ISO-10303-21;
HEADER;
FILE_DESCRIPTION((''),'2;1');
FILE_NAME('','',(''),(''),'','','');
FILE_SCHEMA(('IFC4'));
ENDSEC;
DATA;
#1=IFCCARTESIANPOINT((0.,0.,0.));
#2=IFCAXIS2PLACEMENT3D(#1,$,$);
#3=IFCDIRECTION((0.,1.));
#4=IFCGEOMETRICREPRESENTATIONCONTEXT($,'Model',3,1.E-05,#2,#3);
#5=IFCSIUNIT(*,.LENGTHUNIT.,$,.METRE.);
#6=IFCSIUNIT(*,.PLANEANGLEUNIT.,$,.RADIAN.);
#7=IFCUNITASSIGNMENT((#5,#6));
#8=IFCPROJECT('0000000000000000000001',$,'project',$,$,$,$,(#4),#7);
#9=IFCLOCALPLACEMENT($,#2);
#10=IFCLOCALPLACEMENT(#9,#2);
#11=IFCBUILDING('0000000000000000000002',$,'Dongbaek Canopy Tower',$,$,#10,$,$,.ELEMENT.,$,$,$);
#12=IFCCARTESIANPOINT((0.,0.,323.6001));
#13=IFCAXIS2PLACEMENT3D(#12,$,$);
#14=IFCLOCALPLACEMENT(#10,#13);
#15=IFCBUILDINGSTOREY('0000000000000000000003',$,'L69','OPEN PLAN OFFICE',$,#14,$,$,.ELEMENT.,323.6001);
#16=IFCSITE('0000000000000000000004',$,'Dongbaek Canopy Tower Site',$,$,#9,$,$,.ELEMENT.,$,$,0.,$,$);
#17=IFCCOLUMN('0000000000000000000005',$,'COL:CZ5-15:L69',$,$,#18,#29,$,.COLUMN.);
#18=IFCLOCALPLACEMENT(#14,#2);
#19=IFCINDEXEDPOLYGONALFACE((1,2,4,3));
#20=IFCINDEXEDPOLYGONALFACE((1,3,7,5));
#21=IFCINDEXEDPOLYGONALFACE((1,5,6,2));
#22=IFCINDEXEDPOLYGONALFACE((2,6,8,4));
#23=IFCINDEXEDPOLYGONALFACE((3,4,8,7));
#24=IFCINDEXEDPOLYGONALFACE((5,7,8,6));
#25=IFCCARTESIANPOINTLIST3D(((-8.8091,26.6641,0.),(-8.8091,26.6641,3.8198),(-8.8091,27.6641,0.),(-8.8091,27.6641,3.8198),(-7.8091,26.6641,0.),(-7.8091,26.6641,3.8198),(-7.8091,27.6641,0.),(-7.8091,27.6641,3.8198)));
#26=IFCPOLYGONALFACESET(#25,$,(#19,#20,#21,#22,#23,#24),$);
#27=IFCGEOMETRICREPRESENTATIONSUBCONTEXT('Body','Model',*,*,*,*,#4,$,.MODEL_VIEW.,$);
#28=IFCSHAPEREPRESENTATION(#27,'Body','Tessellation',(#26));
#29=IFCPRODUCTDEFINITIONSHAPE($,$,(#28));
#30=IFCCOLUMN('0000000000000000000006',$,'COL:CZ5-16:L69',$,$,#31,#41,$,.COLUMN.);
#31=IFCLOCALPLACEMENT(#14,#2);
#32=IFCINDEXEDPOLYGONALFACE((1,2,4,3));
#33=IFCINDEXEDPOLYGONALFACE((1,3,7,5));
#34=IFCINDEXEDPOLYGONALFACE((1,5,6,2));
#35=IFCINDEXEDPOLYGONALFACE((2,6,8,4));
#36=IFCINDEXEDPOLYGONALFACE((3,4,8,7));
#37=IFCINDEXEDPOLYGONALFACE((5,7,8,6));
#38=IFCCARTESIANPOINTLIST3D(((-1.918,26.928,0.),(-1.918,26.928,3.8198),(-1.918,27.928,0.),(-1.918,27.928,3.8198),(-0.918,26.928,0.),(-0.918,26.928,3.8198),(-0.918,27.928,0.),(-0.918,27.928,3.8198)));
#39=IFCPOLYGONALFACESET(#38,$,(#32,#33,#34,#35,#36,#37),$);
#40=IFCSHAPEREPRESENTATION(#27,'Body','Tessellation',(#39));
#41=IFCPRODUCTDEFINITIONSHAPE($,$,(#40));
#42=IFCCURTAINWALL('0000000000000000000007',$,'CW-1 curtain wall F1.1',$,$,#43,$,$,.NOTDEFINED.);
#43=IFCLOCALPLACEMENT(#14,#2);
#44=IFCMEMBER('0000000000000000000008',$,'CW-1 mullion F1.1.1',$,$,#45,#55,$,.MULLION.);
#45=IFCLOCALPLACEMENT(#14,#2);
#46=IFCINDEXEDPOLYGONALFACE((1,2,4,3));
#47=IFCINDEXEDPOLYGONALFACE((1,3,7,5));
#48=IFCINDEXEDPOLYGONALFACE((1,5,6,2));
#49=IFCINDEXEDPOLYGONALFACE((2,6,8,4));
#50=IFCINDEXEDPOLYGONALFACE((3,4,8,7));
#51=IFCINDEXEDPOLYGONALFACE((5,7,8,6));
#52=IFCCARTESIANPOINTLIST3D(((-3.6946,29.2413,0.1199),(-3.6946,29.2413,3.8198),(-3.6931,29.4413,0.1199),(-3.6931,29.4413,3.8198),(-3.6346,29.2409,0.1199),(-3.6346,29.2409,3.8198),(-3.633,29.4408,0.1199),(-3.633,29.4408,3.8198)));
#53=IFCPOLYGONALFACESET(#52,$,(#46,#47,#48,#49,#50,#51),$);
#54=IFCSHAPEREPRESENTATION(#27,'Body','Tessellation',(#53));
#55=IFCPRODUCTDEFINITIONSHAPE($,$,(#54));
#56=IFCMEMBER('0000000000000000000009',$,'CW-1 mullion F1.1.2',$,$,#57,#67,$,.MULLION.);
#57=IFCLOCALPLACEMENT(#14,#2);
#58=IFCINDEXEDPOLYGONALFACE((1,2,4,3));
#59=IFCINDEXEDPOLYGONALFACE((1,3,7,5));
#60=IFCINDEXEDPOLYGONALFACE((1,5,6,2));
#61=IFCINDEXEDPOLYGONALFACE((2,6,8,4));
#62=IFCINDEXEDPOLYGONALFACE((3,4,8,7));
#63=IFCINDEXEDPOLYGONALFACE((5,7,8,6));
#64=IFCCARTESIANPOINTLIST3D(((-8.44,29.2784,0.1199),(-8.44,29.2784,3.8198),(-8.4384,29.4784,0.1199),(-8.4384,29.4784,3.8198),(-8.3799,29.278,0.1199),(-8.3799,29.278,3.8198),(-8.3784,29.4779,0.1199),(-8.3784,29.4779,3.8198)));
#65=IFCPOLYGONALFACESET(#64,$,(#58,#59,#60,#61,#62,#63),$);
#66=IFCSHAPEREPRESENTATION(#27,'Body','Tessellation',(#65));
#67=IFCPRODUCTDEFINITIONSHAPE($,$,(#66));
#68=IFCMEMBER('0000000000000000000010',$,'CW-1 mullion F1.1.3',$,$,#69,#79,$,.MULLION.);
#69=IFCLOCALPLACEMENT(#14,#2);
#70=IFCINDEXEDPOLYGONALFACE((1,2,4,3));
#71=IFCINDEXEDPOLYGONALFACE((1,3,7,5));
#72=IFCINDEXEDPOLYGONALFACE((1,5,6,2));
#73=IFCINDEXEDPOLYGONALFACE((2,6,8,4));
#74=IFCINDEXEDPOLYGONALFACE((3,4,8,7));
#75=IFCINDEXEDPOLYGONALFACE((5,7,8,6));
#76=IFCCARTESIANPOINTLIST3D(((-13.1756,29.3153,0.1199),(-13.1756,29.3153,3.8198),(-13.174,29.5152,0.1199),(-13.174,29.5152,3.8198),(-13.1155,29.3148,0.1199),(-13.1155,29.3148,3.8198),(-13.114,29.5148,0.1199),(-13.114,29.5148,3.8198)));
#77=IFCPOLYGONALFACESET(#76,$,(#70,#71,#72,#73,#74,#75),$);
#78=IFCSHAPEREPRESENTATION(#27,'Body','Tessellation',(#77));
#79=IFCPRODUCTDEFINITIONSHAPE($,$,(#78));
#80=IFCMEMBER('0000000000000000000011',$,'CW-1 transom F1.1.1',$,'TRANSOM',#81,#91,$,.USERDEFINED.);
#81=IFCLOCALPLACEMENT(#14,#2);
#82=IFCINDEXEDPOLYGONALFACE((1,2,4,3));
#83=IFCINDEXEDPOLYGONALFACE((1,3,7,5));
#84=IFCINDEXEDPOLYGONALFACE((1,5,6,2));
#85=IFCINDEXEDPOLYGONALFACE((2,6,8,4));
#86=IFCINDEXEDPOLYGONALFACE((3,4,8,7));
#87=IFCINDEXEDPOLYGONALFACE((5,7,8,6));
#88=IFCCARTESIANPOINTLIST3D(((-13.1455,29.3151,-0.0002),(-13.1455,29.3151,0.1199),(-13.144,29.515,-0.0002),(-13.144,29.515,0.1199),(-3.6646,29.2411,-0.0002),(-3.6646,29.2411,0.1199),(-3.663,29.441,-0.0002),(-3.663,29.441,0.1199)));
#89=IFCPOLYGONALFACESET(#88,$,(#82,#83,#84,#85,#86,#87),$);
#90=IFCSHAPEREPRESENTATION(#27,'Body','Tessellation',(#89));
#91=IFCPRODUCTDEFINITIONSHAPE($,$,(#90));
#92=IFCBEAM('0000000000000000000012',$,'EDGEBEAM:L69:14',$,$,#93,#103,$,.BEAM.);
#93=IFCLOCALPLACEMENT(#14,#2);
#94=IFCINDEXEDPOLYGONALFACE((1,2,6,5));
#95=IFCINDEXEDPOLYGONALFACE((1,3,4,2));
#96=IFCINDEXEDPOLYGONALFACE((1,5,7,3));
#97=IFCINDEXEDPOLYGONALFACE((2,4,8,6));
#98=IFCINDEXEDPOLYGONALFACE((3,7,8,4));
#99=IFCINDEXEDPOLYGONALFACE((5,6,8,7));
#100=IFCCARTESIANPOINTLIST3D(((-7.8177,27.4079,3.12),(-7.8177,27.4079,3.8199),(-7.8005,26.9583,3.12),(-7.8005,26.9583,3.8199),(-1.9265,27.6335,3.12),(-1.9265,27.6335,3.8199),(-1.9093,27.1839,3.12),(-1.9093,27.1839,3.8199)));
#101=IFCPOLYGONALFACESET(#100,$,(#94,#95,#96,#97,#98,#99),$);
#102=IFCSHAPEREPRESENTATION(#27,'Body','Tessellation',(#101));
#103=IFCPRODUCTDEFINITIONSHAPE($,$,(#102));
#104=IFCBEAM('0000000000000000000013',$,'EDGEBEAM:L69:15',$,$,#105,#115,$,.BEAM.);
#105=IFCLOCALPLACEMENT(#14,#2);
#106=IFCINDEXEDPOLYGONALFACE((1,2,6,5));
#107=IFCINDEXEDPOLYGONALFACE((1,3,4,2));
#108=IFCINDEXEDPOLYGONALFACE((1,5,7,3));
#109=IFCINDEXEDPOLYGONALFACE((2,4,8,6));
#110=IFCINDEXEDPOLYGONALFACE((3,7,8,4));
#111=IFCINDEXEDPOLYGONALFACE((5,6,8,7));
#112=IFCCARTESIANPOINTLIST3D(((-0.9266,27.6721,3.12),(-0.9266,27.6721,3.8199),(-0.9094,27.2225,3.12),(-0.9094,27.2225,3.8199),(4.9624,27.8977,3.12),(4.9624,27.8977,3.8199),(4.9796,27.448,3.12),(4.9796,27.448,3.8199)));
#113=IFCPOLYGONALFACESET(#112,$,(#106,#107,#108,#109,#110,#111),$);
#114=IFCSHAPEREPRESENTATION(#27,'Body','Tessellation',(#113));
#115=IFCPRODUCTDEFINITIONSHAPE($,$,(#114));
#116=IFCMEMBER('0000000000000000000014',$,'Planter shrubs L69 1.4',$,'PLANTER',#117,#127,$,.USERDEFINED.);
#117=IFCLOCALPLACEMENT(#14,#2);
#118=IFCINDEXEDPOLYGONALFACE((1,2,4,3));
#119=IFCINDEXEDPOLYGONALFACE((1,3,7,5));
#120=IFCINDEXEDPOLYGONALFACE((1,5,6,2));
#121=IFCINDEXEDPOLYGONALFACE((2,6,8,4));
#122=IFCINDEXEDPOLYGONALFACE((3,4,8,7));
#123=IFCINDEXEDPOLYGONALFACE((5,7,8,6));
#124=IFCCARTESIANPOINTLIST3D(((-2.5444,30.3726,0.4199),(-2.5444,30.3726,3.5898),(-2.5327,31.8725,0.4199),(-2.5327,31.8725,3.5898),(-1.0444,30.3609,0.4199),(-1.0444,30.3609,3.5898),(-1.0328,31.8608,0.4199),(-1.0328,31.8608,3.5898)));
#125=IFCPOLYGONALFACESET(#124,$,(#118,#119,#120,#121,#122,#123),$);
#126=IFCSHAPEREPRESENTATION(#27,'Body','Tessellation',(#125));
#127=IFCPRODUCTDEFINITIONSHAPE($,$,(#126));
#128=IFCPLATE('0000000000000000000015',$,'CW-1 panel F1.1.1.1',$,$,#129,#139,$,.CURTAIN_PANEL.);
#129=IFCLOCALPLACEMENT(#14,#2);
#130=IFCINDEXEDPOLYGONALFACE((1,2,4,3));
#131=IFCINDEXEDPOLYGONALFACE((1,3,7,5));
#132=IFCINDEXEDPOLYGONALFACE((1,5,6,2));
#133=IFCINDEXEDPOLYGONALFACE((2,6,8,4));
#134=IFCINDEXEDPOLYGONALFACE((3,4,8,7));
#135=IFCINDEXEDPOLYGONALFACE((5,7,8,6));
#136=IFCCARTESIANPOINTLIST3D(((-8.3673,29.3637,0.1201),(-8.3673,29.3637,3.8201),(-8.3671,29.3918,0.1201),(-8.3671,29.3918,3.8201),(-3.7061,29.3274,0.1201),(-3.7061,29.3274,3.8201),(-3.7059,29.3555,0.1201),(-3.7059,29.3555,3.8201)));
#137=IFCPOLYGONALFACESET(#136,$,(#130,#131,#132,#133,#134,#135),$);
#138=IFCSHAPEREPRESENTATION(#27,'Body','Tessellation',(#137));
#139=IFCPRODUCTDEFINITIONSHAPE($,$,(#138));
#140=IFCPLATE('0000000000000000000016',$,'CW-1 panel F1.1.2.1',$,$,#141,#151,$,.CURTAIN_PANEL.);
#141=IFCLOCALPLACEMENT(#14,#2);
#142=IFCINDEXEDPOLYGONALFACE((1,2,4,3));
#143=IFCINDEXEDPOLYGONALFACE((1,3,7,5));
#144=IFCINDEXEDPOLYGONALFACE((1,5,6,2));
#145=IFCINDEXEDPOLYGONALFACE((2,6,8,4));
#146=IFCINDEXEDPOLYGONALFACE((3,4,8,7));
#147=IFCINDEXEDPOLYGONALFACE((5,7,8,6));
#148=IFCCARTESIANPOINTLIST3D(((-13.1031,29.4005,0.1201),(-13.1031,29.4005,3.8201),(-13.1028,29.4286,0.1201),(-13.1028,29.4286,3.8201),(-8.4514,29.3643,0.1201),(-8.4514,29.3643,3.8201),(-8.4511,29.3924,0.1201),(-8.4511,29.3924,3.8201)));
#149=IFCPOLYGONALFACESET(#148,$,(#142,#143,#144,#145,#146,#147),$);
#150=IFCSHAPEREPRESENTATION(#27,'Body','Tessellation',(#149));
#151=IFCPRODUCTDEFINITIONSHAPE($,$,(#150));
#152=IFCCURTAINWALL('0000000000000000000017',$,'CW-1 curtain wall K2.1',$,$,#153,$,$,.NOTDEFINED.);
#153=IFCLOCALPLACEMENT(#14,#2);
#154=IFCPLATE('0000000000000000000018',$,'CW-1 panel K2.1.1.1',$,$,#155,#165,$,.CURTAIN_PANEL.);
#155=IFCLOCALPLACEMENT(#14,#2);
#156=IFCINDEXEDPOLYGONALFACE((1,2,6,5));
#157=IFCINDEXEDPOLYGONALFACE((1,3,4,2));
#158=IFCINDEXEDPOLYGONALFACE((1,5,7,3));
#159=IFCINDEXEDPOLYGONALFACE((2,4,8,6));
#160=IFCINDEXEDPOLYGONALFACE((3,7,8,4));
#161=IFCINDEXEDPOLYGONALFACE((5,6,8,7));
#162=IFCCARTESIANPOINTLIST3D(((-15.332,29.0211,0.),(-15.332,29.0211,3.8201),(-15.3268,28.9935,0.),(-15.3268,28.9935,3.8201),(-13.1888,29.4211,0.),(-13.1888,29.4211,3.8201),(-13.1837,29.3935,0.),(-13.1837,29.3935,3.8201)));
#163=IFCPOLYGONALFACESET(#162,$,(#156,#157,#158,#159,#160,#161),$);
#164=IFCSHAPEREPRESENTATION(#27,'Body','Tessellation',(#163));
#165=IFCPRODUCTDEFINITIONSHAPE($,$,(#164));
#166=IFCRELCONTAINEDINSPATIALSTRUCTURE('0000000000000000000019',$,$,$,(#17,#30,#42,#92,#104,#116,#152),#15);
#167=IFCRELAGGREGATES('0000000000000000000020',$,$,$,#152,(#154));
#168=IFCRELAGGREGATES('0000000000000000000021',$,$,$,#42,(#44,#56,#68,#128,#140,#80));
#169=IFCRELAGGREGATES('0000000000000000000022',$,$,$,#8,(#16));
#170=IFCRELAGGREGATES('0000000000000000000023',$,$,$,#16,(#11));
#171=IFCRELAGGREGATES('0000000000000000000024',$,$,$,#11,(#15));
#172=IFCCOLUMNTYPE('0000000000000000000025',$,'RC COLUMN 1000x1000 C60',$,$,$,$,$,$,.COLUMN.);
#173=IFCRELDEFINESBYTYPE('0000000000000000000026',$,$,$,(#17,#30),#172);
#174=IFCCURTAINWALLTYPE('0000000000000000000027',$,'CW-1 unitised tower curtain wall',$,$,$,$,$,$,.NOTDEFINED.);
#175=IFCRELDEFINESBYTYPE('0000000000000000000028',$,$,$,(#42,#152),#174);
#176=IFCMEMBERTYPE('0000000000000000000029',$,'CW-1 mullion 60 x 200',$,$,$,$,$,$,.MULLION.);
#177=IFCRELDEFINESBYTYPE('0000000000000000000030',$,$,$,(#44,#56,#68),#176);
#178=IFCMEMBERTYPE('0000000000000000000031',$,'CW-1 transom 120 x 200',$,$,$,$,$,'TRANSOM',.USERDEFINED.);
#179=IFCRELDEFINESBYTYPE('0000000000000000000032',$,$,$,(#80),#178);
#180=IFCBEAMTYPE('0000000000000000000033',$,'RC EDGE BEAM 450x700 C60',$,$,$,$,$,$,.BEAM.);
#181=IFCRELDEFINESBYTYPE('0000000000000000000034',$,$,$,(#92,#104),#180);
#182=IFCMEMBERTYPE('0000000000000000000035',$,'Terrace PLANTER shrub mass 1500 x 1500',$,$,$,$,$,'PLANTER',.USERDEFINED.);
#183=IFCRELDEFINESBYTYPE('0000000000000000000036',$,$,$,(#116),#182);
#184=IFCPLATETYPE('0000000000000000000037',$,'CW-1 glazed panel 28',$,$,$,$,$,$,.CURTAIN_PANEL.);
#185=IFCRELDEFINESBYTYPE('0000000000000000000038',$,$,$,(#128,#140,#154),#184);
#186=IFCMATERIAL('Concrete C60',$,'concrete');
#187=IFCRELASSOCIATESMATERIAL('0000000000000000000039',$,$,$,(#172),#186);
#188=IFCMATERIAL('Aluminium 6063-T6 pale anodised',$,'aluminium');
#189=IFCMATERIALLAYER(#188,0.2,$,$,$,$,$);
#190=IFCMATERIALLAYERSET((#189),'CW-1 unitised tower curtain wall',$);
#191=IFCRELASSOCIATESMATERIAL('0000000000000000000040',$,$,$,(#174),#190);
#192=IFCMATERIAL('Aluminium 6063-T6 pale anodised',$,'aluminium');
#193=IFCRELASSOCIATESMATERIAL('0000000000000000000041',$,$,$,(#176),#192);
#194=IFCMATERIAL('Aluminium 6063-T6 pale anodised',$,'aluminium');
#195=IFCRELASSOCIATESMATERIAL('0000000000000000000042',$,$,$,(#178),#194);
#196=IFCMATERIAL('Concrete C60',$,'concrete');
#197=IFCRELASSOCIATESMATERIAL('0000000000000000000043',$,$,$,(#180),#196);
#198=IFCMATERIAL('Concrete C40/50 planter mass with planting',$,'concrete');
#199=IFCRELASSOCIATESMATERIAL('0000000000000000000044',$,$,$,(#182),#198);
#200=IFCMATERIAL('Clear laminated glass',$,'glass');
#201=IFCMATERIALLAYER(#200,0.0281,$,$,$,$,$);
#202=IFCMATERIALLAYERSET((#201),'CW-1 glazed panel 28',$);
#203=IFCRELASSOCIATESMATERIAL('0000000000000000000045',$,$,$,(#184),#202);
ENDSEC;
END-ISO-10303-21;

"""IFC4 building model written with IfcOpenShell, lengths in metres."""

from ifc_helpers import new_model, si_unit, direction, frame, origin, origin_2d, place, context, subcontext, project, spatial, rectangle, extrude, material, layer, layer_set, material_profile, profile_set, type_object, element, aggregate, save


model = new_model("IFC4")

# Units and contexts
model_context = context("Model", 3, precision=1e-05, world=origin(), true_north=direction((0.0, 1.0)))
body_context = subcontext(model_context, "Body", "Model", "MODEL_VIEW")
ifc_project = project(units=[si_unit("LENGTHUNIT", "METRE"), si_unit("PLANEANGLEUNIT", "RADIAN")], contexts=[model_context])

# Site, building, storey
site_placement = place(None, origin())
site = spatial("IfcSite", under=ifc_project, at=site_placement, Name="Dongbaek Canopy Tower Site", CompositionType="ELEMENT", RefElevation=0.0)
building_placement = place(site_placement, origin())
building = spatial("IfcBuilding", under=site, at=building_placement, Name="Dongbaek Canopy Tower", CompositionType="ELEMENT")
storey_placement = place(building_placement, frame((0.0, 0.0, 323.6001)))
storey = spatial("IfcBuildingStorey", under=building, at=storey_placement, Name="L69", Description="OPEN PLAN OFFICE", CompositionType="ELEMENT", Elevation=323.6001)

# Columns
ifc_material_1 = material(Name="Concrete C60", Category="concrete")
ifc_material_profile_1 = material_profile(ifc_material_1, rectangle(XDim=1.0, YDim=1.0, at=origin_2d()), Name="RC COLUMN 1000x1000 C60")
ifc_profile_set_1 = profile_set([ifc_material_profile_1], Name="Concrete C60")
column_type = type_object("IfcColumnType", Name="RC COLUMN 1000x1000 C60", PredefinedType="COLUMN", material=ifc_profile_set_1)
for number, where, z_axis, x_axis, name in (
    (1, (-8.3091, 27.1641, 0.0), (0.0, 0.0, 1.0), (1.0, 0.0, 0.0), "COL:CZ5-15:L69"),
    (2, (-1.418, 27.428, 0.0), (0.0, 0.0, 1.0), (1.0, 0.0, 0.0), "COL:CZ5-16:L69"),
):
    element("IfcColumn", number, at=place(storey_placement, frame(where, z_axis=z_axis, x_axis=x_axis)), inside=storey, type_object=column_type, Name=name, PredefinedType="COLUMN", context=body_context, shape_type="SweptSolid", body=[
        extrude(rectangle(XDim=1.0, YDim=1.0, at=origin_2d()), origin(), (0.0, 0.0, 1.0), 3.8198),
    ])

# Curtain wall, members
ifc_material_2 = material(Name="Aluminium 6063-T6 pale anodised", Category="aluminium")
ifc_layer_1 = layer(ifc_material_2, 0.2)
ifc_layer_set_1 = layer_set([ifc_layer_1], Name="CW-1 unitised tower curtain wall")
curtain_wall_type = type_object("IfcCurtainWallType", Name="CW-1 unitised tower curtain wall", PredefinedType="NOTDEFINED", material=ifc_layer_set_1)
curtain_wall_1_placement = place(storey_placement, origin())
curtain_wall_1 = element("IfcCurtainWall", 3, at=curtain_wall_1_placement, inside=storey, type_object=curtain_wall_type, Name="CW-1 curtain wall F1.1", PredefinedType="NOTDEFINED")
ifc_material_3 = material(Name="Aluminium 6063-T6 pale anodised", Category="aluminium")
ifc_material_profile_2 = material_profile(ifc_material_3, rectangle(XDim=0.2, YDim=0.0601, at=origin_2d()), Name="CW-1 mullion 60 x 200")
ifc_profile_set_2 = profile_set([ifc_material_profile_2], Name="Aluminium 6063-T6 pale anodised")
member_type_1 = type_object("IfcMemberType", Name="CW-1 mullion 60 x 200", PredefinedType="MULLION", material=ifc_profile_set_2)
member_1_placement = place(storey_placement, frame((-3.6638, 29.3411, 0.1199), z_axis=(0.0, 0.0, 1.0), x_axis=(0.007782, 0.99997, 0.0)))
member_1 = element("IfcMember", 4, at=member_1_placement, type_object=member_type_1, Name="CW-1 mullion F1.1.1", PredefinedType="MULLION", context=body_context, shape_type="SweptSolid", body=[
    extrude(rectangle(XDim=0.2, YDim=0.0601, at=origin_2d()), origin(), (0.0, 0.0, 1.0), 3.7),
])
member_2_placement = place(storey_placement, frame((-8.4092, 29.3782, 0.1199), z_axis=(0.0, 0.0, 1.0), x_axis=(0.007782, 0.99997, 0.0)))
member_2 = element("IfcMember", 5, at=member_2_placement, type_object=member_type_1, Name="CW-1 mullion F1.1.2", PredefinedType="MULLION", context=body_context, shape_type="SweptSolid", body=[
    extrude(rectangle(XDim=0.2, YDim=0.0601, at=origin_2d()), origin(), (0.0, 0.0, 1.0), 3.7),
])
member_3_placement = place(storey_placement, frame((-13.1448, 29.415, 0.1199), z_axis=(0.0, 0.0, 1.0), x_axis=(0.007782, 0.99997, 0.0)))
member_3 = element("IfcMember", 6, at=member_3_placement, type_object=member_type_1, Name="CW-1 mullion F1.1.3", PredefinedType="MULLION", context=body_context, shape_type="SweptSolid", body=[
    extrude(rectangle(XDim=0.2, YDim=0.0601, at=origin_2d()), origin(), (0.0, 0.0, 1.0), 3.7),
])
ifc_material_4 = material(Name="Aluminium 6063-T6 pale anodised", Category="aluminium")
ifc_material_profile_3 = material_profile(ifc_material_4, rectangle(XDim=0.2, YDim=0.1201, at=origin_2d()), Name="CW-1 transom 120 x 200")
ifc_profile_set_3 = profile_set([ifc_material_profile_3], Name="Aluminium 6063-T6 pale anodised")
member_type_2 = type_object("IfcMemberType", Name="CW-1 transom 120 x 200", ElementType="TRANSOM", PredefinedType="USERDEFINED", material=ifc_profile_set_3)
member_4_placement = place(storey_placement, frame((-3.6638, 29.3411, 0.0598), z_axis=(-0.99997, 0.007802, 0.0), x_axis=(-0.007802, -0.99997, 0.0)))
member_4 = element("IfcMember", 7, at=member_4_placement, type_object=member_type_2, Name="CW-1 transom F1.1.1", ObjectType="TRANSOM", PredefinedType="USERDEFINED", context=body_context, shape_type="SweptSolid", body=[
    extrude(rectangle(XDim=0.2, YDim=0.1201, at=origin_2d()), origin(), (0.0, 0.0, 1.0), 9.4812),
])

# Beams
ifc_material_5 = material(Name="Concrete C60", Category="concrete")
ifc_material_profile_4 = material_profile(ifc_material_5, rectangle(XDim=0.45, YDim=0.7, at=origin_2d()), Name="RC EDGE BEAM 450x700 C60")
ifc_profile_set_4 = profile_set([ifc_material_profile_4], Name="Concrete C60")
beam_type = type_object("IfcBeamType", Name="RC EDGE BEAM 450x700 C60", PredefinedType="BEAM", material=ifc_profile_set_4)
beam_1_placement = place(storey_placement, frame((-7.8091, 27.1831, 3.47), z_axis=(0.999268, 0.038265, 0.0), x_axis=(-0.038265, 0.999268, 0.0)))
element("IfcBeam", 8, at=beam_1_placement, inside=storey, type_object=beam_type, Name="EDGEBEAM:L69:14", PredefinedType="BEAM", context=body_context, shape_type="SweptSolid", body=[
    extrude(rectangle(XDim=0.45, YDim=0.7, at=origin_2d()), origin(), (0.0, 0.0, 1.0), 5.8955),
])
beam_2_placement = place(storey_placement, frame((-0.918, 27.4473, 3.47), z_axis=(0.999267, 0.038279, 0.0), x_axis=(-0.038279, 0.999267, 0.0)))
element("IfcBeam", 9, at=beam_2_placement, inside=storey, type_object=beam_type, Name="EDGEBEAM:L69:15", PredefinedType="BEAM", context=body_context, shape_type="SweptSolid", body=[
    extrude(rectangle(XDim=0.45, YDim=0.7, at=origin_2d()), origin(), (0.0, 0.0, 1.0), 5.8933),
])

# Member
ifc_material_6 = material(Name="Concrete C40/50 planter mass with planting", Category="concrete")
ifc_material_profile_5 = material_profile(ifc_material_6, rectangle(XDim=1.5, YDim=1.5, at=origin_2d()), Name="Terrace PLANTER shrub mass 1500 x 1500")
ifc_profile_set_5 = profile_set([ifc_material_profile_5], Name="Concrete C40/50 planter mass with planting")
member_type_3 = type_object("IfcMemberType", Name="Terrace PLANTER shrub mass 1500 x 1500", ElementType="PLANTER", PredefinedType="USERDEFINED", material=ifc_profile_set_5)
member_5_placement = place(storey_placement, frame((-1.7886, 31.1167, 0.4199), z_axis=(0.0, 0.0, 1.0), x_axis=(0.007782, 0.99997, 0.0)))
element("IfcMember", 10, at=member_5_placement, inside=storey, type_object=member_type_3, Name="Planter shrubs L69 1.4", ObjectType="PLANTER", PredefinedType="USERDEFINED", context=body_context, shape_type="SweptSolid", body=[
    extrude(rectangle(XDim=1.5, YDim=1.5, at=origin_2d()), origin(), (0.0, 0.0, 1.0), 3.1699),
])

# Plates
ifc_material_7 = material(Name="Clear laminated glass", Category="glass")
ifc_layer_2 = layer(ifc_material_7, 0.0281)
ifc_layer_set_2 = layer_set([ifc_layer_2], Name="CW-1 glazed panel 28")
plate_type = type_object("IfcPlateType", Name="CW-1 glazed panel 28", PredefinedType="CURTAIN_PANEL", material=ifc_layer_set_2)
plate_1_placement = place(storey_placement, frame((-6.0366, 29.3596, 0.1201), z_axis=(0.0, 0.0, 1.0), x_axis=(-0.99997, 0.007782, 0.0)))
plate_1 = element("IfcPlate", 11, at=plate_1_placement, type_object=plate_type, Name="CW-1 panel F1.1.1.1", PredefinedType="CURTAIN_PANEL", context=body_context, shape_type="SweptSolid", body=[
    extrude(rectangle(XDim=4.6614, YDim=0.0281, at=origin_2d()), origin(), (0.0, 0.0, 1.0), 3.7),
])
plate_2_placement = place(storey_placement, frame((-10.7771, 29.3965, 0.1201), z_axis=(0.0, 0.0, 1.0), x_axis=(-0.99997, 0.007782, 0.0)))
plate_2 = element("IfcPlate", 12, at=plate_2_placement, type_object=plate_type, Name="CW-1 panel F1.1.2.1", PredefinedType="CURTAIN_PANEL", context=body_context, shape_type="SweptSolid", body=[
    extrude(rectangle(XDim=4.6519, YDim=0.0281, at=origin_2d()), origin(), (0.0, 0.0, 1.0), 3.7),
])

# Curtain wall, plate
curtain_wall_2_placement = place(storey_placement, origin())
curtain_wall_2 = element("IfcCurtainWall", 13, at=curtain_wall_2_placement, inside=storey, type_object=curtain_wall_type, Name="CW-1 curtain wall K2.1", PredefinedType="NOTDEFINED")
plate_3_placement = place(storey_placement, frame((-14.2578, 29.2073, 0.0), z_axis=(0.0, 0.0, 1.0), x_axis=(-0.983025, -0.183472, 0.0)))
plate_3 = element("IfcPlate", 14, at=plate_3_placement, type_object=plate_type, Name="CW-1 panel K2.1.1.1", PredefinedType="CURTAIN_PANEL", context=body_context, shape_type="SweptSolid", body=[
    extrude(rectangle(XDim=2.1802, YDim=0.0281, at=origin_2d()), origin(), (0.0, 0.0, 1.0), 3.8201),
])
aggregate(curtain_wall_2, [plate_3])

aggregate(curtain_wall_1, [member_1, member_2, member_3, plate_1, plate_2, member_4])

save(model, "model.ifc")
